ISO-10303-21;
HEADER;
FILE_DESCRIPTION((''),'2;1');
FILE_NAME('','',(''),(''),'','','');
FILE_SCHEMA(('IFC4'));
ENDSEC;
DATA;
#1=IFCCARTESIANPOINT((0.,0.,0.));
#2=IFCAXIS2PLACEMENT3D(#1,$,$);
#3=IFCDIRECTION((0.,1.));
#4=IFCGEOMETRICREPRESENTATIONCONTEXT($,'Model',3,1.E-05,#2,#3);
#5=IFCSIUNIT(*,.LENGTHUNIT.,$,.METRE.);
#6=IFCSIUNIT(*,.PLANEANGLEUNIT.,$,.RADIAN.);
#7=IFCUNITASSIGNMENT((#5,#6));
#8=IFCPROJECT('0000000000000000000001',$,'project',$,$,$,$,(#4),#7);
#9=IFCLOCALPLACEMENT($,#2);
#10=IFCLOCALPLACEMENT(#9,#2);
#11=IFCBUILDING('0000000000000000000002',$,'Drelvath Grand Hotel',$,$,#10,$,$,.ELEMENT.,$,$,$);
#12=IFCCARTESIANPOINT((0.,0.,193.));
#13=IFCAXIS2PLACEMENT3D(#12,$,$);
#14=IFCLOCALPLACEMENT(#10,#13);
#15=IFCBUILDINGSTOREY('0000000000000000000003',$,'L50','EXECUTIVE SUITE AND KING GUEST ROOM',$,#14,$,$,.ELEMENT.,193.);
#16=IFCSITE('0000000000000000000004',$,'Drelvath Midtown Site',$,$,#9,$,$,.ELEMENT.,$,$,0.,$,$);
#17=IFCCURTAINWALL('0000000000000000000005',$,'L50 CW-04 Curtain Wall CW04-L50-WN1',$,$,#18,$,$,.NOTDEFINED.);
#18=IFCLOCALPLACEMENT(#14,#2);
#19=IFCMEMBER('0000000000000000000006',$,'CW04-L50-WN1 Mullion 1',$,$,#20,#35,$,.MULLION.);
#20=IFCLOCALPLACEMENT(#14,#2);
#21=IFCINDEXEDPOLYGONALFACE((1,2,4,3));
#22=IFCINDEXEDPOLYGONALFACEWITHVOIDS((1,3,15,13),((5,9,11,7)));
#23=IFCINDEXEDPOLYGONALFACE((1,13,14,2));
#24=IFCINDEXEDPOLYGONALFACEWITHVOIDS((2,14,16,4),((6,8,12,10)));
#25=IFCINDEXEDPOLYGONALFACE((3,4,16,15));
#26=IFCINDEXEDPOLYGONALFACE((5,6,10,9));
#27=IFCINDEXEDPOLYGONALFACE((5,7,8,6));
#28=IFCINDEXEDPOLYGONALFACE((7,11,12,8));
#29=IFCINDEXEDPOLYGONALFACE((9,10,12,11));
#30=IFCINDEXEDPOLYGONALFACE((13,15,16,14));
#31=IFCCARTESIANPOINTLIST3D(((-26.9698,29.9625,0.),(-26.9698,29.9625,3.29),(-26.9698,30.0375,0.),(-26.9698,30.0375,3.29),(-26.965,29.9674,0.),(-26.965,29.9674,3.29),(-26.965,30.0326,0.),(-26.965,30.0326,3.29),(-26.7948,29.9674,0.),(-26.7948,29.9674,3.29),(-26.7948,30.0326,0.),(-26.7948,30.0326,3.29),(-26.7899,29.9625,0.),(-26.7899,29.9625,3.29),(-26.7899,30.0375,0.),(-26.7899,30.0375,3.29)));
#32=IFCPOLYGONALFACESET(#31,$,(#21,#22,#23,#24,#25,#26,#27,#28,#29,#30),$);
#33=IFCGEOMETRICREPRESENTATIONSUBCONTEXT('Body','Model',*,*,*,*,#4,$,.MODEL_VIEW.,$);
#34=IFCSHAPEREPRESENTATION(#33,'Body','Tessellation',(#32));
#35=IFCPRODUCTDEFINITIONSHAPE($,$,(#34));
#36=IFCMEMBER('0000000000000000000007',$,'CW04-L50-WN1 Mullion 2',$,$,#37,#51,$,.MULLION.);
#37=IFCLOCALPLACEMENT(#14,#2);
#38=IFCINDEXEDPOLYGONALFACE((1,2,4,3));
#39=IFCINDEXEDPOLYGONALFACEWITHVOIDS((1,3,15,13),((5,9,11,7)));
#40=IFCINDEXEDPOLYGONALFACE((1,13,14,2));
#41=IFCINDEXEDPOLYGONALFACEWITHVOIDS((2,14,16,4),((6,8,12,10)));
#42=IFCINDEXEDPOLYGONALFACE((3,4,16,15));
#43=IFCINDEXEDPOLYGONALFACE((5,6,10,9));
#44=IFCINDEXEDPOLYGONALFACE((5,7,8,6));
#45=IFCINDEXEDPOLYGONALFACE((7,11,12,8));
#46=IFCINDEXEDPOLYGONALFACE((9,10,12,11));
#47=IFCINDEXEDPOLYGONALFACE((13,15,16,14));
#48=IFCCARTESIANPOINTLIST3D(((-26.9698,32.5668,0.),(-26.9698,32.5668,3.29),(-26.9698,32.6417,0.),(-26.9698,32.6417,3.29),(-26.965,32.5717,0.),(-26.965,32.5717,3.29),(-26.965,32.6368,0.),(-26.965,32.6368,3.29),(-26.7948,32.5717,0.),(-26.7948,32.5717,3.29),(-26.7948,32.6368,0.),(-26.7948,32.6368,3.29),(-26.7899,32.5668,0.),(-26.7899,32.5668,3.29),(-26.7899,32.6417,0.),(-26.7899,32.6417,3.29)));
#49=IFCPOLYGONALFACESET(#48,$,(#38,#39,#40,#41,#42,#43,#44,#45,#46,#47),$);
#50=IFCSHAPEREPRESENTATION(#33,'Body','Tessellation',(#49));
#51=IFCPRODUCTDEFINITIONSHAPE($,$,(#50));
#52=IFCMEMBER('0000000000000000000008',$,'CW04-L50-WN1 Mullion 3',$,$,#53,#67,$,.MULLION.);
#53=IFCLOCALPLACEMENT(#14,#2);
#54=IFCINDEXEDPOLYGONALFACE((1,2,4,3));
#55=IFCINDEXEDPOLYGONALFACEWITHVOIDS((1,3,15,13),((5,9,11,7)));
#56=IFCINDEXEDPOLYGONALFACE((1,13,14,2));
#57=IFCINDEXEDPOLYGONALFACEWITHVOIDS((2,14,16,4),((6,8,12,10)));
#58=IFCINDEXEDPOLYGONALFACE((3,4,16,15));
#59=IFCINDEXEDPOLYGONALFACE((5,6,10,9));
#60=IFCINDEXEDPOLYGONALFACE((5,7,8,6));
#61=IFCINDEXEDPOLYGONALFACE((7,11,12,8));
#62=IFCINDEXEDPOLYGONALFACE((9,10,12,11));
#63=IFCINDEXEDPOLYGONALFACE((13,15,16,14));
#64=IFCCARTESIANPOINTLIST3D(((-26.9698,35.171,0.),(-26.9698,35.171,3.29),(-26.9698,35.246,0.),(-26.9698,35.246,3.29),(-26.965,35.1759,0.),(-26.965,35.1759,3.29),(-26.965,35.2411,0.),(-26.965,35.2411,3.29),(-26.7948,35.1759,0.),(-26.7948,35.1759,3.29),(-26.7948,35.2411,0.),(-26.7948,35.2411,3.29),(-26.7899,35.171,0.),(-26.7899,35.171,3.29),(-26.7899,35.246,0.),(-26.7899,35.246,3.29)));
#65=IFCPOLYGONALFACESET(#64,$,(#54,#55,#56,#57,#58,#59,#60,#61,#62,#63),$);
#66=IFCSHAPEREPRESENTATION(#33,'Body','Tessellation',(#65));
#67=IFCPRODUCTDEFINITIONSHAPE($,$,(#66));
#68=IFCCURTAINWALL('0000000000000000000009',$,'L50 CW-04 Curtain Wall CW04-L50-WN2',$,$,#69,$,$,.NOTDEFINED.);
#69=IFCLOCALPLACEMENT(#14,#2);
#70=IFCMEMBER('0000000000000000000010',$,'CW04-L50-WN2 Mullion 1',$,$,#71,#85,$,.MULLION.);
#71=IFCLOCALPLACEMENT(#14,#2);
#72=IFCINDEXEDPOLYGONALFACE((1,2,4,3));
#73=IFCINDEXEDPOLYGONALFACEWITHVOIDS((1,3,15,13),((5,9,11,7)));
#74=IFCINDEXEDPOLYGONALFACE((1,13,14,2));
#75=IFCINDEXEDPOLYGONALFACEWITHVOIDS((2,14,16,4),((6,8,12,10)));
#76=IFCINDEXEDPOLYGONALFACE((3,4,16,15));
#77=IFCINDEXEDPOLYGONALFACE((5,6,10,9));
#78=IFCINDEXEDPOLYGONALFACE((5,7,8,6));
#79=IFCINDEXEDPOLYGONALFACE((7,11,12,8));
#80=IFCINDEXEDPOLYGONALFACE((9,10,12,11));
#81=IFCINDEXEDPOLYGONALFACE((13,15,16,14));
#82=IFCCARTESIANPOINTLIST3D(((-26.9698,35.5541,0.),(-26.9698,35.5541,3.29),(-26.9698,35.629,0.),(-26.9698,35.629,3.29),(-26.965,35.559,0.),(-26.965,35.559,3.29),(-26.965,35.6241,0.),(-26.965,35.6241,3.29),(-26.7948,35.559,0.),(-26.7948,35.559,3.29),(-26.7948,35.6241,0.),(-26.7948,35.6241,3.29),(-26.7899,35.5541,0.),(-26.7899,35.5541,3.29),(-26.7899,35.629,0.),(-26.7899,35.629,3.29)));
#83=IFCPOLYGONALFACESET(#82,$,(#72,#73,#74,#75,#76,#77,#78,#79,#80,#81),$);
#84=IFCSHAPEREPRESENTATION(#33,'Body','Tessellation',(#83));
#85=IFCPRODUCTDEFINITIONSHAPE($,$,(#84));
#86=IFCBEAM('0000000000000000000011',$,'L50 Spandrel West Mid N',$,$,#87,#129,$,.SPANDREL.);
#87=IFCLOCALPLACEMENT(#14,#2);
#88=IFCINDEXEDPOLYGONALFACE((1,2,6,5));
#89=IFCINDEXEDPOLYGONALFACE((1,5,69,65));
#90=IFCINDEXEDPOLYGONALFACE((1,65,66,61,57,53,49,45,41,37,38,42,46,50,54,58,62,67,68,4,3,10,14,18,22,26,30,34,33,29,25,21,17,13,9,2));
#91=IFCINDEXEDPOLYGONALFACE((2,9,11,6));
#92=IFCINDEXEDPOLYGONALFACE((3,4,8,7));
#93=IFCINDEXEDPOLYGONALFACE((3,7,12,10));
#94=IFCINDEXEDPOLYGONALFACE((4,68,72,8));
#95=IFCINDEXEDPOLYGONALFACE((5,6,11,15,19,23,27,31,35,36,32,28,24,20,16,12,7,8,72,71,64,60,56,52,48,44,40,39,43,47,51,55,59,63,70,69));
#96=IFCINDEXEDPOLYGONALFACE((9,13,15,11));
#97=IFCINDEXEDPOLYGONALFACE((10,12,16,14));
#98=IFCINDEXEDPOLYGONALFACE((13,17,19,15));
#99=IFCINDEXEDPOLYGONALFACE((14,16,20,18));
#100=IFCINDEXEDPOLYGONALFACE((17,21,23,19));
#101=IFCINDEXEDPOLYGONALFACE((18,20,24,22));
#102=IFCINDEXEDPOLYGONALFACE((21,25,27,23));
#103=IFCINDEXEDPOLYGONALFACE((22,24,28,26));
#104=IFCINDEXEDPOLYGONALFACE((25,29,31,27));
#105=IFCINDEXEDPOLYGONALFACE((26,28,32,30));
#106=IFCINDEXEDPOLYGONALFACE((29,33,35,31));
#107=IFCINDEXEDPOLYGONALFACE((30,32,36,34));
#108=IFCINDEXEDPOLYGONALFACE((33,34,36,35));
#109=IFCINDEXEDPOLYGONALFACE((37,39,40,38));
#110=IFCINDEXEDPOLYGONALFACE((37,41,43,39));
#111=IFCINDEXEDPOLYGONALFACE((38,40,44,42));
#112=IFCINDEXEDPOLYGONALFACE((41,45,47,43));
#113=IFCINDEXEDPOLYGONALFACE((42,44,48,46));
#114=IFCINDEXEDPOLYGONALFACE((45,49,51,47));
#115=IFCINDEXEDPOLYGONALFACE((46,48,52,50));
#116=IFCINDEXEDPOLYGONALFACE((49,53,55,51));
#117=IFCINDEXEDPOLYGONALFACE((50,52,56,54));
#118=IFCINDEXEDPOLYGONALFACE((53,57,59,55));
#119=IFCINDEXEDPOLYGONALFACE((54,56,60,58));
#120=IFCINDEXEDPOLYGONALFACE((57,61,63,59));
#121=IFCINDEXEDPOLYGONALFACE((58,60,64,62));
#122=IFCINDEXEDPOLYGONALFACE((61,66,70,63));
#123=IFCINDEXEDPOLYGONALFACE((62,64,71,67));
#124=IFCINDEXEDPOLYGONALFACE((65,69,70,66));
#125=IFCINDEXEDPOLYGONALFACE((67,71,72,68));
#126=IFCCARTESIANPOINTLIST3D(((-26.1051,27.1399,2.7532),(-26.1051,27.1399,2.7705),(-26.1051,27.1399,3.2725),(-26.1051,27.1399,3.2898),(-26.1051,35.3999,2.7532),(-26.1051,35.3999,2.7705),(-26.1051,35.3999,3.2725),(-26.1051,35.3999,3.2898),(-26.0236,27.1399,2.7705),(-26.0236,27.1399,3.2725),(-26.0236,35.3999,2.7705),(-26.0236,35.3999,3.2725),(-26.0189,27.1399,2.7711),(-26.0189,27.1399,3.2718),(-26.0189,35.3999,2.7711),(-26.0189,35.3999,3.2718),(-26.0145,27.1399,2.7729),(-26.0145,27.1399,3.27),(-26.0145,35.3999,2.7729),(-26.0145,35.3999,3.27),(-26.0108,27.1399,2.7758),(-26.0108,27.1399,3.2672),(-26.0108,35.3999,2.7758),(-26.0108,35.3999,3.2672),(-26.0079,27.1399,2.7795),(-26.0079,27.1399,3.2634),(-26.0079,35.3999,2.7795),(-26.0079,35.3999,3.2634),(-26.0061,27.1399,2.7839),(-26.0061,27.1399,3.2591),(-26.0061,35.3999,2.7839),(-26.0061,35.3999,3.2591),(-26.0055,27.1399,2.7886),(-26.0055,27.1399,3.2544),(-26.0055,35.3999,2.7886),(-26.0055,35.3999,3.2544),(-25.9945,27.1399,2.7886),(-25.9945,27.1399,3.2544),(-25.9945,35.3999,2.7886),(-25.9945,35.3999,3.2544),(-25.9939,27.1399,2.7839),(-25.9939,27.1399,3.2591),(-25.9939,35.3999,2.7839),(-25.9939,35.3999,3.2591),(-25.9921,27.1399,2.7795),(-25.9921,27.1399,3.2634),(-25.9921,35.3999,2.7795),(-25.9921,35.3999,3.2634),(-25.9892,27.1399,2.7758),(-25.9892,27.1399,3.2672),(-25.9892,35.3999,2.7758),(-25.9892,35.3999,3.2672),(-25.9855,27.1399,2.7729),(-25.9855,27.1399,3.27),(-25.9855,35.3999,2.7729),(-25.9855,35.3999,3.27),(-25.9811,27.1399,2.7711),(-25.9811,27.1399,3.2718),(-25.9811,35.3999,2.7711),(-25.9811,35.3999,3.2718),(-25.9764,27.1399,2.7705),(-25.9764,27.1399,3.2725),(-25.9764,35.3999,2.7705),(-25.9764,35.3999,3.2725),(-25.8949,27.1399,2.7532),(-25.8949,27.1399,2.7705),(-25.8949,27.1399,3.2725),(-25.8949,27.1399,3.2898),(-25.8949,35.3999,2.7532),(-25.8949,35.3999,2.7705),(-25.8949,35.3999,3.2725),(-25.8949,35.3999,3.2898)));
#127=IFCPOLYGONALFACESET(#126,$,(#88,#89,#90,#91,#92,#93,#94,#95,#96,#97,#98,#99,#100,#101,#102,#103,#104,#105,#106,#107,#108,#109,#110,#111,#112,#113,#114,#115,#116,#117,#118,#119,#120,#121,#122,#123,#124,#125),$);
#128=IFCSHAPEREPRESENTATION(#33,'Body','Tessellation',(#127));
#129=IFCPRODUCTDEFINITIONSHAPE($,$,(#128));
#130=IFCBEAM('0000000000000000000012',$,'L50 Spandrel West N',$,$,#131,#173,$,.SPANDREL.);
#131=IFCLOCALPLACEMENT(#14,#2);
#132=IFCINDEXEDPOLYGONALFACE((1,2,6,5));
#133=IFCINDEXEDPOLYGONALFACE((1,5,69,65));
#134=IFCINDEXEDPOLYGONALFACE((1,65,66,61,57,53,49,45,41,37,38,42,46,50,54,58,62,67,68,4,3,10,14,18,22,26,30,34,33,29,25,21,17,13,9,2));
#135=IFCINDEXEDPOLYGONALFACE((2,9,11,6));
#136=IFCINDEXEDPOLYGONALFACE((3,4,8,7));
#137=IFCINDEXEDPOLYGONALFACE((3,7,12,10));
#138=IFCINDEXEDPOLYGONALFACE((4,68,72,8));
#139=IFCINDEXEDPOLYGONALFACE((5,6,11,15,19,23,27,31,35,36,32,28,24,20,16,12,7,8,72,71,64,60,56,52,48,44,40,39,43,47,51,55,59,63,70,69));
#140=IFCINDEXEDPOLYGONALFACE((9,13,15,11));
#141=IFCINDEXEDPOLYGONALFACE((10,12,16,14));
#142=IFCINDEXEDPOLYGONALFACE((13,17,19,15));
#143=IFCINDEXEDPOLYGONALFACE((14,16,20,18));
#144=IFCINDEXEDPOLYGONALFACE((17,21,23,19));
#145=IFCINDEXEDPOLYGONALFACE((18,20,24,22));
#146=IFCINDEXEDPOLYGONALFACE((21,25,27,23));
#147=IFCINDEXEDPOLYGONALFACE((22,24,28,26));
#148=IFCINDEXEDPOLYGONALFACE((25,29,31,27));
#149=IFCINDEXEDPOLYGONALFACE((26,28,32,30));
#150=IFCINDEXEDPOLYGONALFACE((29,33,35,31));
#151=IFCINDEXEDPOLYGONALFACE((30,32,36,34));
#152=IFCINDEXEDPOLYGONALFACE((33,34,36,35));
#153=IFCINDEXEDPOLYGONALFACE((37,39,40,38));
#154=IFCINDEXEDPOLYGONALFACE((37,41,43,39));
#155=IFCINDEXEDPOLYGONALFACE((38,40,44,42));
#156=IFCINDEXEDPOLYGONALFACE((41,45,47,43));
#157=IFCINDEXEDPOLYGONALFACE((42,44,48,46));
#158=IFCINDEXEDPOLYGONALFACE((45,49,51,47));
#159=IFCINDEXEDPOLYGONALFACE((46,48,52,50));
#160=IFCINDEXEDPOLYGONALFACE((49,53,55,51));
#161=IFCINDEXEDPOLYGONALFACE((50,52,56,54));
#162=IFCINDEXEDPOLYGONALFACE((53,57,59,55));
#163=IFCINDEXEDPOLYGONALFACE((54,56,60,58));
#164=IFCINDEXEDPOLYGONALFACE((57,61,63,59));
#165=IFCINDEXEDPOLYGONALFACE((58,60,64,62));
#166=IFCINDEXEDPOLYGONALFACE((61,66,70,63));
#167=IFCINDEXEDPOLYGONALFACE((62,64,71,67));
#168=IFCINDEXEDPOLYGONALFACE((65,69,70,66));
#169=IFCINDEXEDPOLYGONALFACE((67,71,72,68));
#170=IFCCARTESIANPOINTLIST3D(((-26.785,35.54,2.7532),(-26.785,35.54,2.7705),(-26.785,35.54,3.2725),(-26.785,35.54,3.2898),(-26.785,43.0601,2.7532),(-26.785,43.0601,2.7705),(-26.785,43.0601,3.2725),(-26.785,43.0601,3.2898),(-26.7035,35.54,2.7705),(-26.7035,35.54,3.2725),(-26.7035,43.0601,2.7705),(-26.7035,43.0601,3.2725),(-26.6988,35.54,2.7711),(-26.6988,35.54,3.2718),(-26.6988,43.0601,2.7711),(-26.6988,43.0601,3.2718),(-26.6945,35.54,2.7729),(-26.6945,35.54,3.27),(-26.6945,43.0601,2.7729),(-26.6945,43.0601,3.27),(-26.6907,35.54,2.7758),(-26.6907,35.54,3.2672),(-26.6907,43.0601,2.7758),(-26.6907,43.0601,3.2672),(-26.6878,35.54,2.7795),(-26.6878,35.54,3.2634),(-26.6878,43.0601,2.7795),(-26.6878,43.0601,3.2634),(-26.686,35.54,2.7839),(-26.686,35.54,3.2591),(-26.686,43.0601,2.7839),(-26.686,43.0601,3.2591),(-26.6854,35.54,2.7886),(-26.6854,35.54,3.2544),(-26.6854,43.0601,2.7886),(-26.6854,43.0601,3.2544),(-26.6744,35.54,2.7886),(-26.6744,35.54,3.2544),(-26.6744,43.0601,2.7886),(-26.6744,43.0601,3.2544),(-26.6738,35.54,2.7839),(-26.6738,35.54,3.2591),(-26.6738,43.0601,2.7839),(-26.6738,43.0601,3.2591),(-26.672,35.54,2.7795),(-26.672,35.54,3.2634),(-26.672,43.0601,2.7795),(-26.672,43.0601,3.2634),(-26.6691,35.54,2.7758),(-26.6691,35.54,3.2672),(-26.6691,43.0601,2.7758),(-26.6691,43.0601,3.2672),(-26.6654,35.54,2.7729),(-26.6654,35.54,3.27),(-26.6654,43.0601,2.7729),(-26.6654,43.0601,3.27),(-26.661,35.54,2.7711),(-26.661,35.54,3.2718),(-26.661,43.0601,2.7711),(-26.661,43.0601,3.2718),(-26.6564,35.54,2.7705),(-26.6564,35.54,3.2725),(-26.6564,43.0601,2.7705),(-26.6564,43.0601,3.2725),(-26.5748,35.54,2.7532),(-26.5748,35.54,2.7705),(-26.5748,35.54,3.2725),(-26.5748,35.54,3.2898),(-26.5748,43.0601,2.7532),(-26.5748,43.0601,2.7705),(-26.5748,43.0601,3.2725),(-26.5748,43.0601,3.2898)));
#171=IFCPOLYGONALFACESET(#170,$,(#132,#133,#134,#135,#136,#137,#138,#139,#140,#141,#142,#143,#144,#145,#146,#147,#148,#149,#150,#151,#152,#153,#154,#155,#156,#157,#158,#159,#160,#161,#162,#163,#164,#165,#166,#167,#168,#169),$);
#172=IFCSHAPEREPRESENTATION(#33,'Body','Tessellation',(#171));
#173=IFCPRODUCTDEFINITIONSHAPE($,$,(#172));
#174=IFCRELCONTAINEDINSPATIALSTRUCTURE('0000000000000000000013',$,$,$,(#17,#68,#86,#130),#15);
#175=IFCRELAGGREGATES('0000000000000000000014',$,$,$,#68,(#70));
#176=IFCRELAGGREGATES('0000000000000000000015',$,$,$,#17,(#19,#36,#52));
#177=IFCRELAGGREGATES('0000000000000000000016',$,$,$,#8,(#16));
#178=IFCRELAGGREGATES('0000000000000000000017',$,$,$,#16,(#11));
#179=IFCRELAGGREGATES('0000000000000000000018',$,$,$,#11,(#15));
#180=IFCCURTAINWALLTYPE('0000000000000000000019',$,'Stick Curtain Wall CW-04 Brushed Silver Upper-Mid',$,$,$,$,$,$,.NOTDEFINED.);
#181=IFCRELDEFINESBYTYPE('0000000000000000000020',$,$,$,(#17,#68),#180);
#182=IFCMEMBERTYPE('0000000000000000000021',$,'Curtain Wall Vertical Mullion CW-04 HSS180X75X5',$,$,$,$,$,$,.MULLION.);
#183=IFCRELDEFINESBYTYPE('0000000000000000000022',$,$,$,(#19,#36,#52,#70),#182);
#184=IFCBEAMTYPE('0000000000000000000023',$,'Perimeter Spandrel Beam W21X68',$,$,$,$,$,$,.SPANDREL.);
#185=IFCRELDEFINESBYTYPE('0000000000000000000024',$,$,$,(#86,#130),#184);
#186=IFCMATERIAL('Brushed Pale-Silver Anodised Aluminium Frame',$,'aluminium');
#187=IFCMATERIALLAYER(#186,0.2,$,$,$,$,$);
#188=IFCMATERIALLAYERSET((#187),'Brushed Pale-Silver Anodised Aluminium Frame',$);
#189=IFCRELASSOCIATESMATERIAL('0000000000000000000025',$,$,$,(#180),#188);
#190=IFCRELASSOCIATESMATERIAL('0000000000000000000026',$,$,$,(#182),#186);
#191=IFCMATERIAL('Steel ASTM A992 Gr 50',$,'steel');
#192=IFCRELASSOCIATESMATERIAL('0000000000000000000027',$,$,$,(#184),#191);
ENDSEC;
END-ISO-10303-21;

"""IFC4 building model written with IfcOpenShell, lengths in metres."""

from ifc_helpers import new_model, si_unit, direction, frame, origin, origin_2d, place, context, subcontext, project, spatial, hollow_rectangle, i_section, extrude, material, layer, layer_set, material_profile, profile_set, type_object, element, aggregate, save


model = new_model("IFC4")

# Units and contexts
model_context = context("Model", 3, precision=1e-05, world=origin(), true_north=direction((0.0, 1.0)))
body_context = subcontext(model_context, "Body", "Model", "MODEL_VIEW")
ifc_project = project(units=[si_unit("LENGTHUNIT", "METRE"), si_unit("PLANEANGLEUNIT", "RADIAN")], contexts=[model_context])

# Site, building, storey
site_placement = place(None, origin())
site = spatial("IfcSite", under=ifc_project, at=site_placement, Name="Drelvath Midtown Site", CompositionType="ELEMENT", RefElevation=0.0)
building_placement = place(site_placement, origin())
building = spatial("IfcBuilding", under=site, at=building_placement, Name="Drelvath Grand Hotel", CompositionType="ELEMENT")
storey_placement = place(building_placement, frame((0.0, 0.0, 193.0)))
storey = spatial("IfcBuildingStorey", under=building, at=storey_placement, Name="L50", Description="EXECUTIVE SUITE AND KING GUEST ROOM", CompositionType="ELEMENT", Elevation=193.0)

# Curtain wall
ifc_material_1 = material(Name="Brushed Pale-Silver Anodised Aluminium Frame", Category="aluminium")
ifc_layer_1 = layer(ifc_material_1, 0.2)
ifc_layer_set_1 = layer_set([ifc_layer_1], Name="Brushed Pale-Silver Anodised Aluminium Frame")
curtain_wall_type = type_object("IfcCurtainWallType", Name="Stick Curtain Wall CW-04 Brushed Silver Upper-Mid", PredefinedType="NOTDEFINED", material=ifc_layer_set_1)
curtain_wall_1_placement = place(storey_placement, origin())
curtain_wall_1 = element("IfcCurtainWall", 1, at=curtain_wall_1_placement, inside=storey, type_object=curtain_wall_type, Name="L50 CW-04 Curtain Wall CW04-L50-WN1", PredefinedType="NOTDEFINED")
ifc_material_profile_1 = material_profile(ifc_material_1, hollow_rectangle(XDim=0.075, YDim=0.1799, WallThickness=0.0049, at=origin_2d()), Name="HSS180X75X5")
ifc_profile_set_1 = profile_set([ifc_material_profile_1], Name="Brushed Pale-Silver Anodised Aluminium Frame")
member_type_1 = type_object("IfcMemberType", Name="Curtain Wall Vertical Mullion CW-04 HSS180X75X5", PredefinedType="MULLION", material=ifc_profile_set_1)

# Members
member_1_placement = place(storey_placement, frame((-26.8799, 30.0, 0.0), z_axis=(0.0, 0.0, 1.0), x_axis=(0.0, 1.0, 0.0)))
member_1 = element("IfcMember", 2, at=member_1_placement, type_object=member_type_1, Name="CW04-L50-WN1 Mullion 1", PredefinedType="MULLION", context=body_context, shape_type="SweptSolid", body=[
    extrude(hollow_rectangle(XDim=0.075, YDim=0.1799, WallThickness=0.0049, at=origin_2d()), origin(), (0.0, 0.0, 1.0), 3.29),
])
member_2_placement = place(storey_placement, frame((-26.8799, 32.6042, 0.0), z_axis=(0.0, 0.0, 1.0), x_axis=(0.0, 1.0, 0.0)))
member_2 = element("IfcMember", 3, at=member_2_placement, type_object=member_type_1, Name="CW04-L50-WN1 Mullion 2", PredefinedType="MULLION", context=body_context, shape_type="SweptSolid", body=[
    extrude(hollow_rectangle(XDim=0.075, YDim=0.1799, WallThickness=0.0049, at=origin_2d()), origin(), (0.0, 0.0, 1.0), 3.29),
])
member_3_placement = place(storey_placement, frame((-26.8799, 35.2085, 0.0), z_axis=(0.0, 0.0, 1.0), x_axis=(0.0, 1.0, 0.0)))
member_3 = element("IfcMember", 4, at=member_3_placement, type_object=member_type_1, Name="CW04-L50-WN1 Mullion 3", PredefinedType="MULLION", context=body_context, shape_type="SweptSolid", body=[
    extrude(hollow_rectangle(XDim=0.075, YDim=0.1799, WallThickness=0.0049, at=origin_2d()), origin(), (0.0, 0.0, 1.0), 3.29),
])

# Curtain wall, member
curtain_wall_2_placement = place(storey_placement, origin())
curtain_wall_2 = element("IfcCurtainWall", 5, at=curtain_wall_2_placement, inside=storey, type_object=curtain_wall_type, Name="L50 CW-04 Curtain Wall CW04-L50-WN2", PredefinedType="NOTDEFINED")
member_4_placement = place(storey_placement, frame((-26.8799, 35.5916, 0.0), z_axis=(0.0, 0.0, 1.0), x_axis=(0.0, 1.0, 0.0)))
member_4 = element("IfcMember", 6, at=member_4_placement, type_object=member_type_1, Name="CW04-L50-WN2 Mullion 1", PredefinedType="MULLION", context=body_context, shape_type="SweptSolid", body=[
    extrude(hollow_rectangle(XDim=0.075, YDim=0.1799, WallThickness=0.0049, at=origin_2d()), origin(), (0.0, 0.0, 1.0), 3.29),
])
aggregate(curtain_wall_2, [member_4])

# Beams
ifc_material_2 = material(Name="Steel ASTM A992 Gr 50", Category="steel")
ifc_material_profile_2 = material_profile(ifc_material_2, i_section(OverallWidth=0.2102, OverallDepth=0.5366, WebThickness=0.011, FlangeThickness=0.0173, FilletRadius=0.0181, at=origin_2d()), Name="W21X68")
ifc_profile_set_2 = profile_set([ifc_material_profile_2], Name="Steel ASTM A992 Gr 50")
beam_type_1 = type_object("IfcBeamType", Name="Perimeter Spandrel Beam W21X68", PredefinedType="SPANDREL", material=ifc_profile_set_2)
beam_1_placement = place(storey_placement, frame((-26.0, 27.1399, 3.0215), z_axis=(0.0, 1.0, 0.0), x_axis=(-1.0, 0.0, 0.0)))
element("IfcBeam", 7, at=beam_1_placement, inside=storey, type_object=beam_type_1, Name="L50 Spandrel West Mid N", PredefinedType="SPANDREL", context=body_context, shape_type="SweptSolid", body=[
    extrude(i_section(OverallWidth=0.2102, OverallDepth=0.5366, WebThickness=0.011, FlangeThickness=0.0173, FilletRadius=0.0181, at=origin_2d()), origin(), (0.0, 0.0, 1.0), 8.26),
])
beam_2_placement = place(storey_placement, frame((-26.6799, 35.54, 3.0215), z_axis=(0.0, 1.0, 0.0), x_axis=(-1.0, 0.0, 0.0)))
element("IfcBeam", 8, at=beam_2_placement, inside=storey, type_object=beam_type_1, Name="L50 Spandrel West N", PredefinedType="SPANDREL", context=body_context, shape_type="SweptSolid", body=[
    extrude(i_section(OverallWidth=0.2102, OverallDepth=0.5366, WebThickness=0.011, FlangeThickness=0.0173, FilletRadius=0.0181, at=origin_2d()), origin(), (0.0, 0.0, 1.0), 7.52),
])

aggregate(curtain_wall_1, [member_1, member_2, member_3])

save(model, "model.ifc")
